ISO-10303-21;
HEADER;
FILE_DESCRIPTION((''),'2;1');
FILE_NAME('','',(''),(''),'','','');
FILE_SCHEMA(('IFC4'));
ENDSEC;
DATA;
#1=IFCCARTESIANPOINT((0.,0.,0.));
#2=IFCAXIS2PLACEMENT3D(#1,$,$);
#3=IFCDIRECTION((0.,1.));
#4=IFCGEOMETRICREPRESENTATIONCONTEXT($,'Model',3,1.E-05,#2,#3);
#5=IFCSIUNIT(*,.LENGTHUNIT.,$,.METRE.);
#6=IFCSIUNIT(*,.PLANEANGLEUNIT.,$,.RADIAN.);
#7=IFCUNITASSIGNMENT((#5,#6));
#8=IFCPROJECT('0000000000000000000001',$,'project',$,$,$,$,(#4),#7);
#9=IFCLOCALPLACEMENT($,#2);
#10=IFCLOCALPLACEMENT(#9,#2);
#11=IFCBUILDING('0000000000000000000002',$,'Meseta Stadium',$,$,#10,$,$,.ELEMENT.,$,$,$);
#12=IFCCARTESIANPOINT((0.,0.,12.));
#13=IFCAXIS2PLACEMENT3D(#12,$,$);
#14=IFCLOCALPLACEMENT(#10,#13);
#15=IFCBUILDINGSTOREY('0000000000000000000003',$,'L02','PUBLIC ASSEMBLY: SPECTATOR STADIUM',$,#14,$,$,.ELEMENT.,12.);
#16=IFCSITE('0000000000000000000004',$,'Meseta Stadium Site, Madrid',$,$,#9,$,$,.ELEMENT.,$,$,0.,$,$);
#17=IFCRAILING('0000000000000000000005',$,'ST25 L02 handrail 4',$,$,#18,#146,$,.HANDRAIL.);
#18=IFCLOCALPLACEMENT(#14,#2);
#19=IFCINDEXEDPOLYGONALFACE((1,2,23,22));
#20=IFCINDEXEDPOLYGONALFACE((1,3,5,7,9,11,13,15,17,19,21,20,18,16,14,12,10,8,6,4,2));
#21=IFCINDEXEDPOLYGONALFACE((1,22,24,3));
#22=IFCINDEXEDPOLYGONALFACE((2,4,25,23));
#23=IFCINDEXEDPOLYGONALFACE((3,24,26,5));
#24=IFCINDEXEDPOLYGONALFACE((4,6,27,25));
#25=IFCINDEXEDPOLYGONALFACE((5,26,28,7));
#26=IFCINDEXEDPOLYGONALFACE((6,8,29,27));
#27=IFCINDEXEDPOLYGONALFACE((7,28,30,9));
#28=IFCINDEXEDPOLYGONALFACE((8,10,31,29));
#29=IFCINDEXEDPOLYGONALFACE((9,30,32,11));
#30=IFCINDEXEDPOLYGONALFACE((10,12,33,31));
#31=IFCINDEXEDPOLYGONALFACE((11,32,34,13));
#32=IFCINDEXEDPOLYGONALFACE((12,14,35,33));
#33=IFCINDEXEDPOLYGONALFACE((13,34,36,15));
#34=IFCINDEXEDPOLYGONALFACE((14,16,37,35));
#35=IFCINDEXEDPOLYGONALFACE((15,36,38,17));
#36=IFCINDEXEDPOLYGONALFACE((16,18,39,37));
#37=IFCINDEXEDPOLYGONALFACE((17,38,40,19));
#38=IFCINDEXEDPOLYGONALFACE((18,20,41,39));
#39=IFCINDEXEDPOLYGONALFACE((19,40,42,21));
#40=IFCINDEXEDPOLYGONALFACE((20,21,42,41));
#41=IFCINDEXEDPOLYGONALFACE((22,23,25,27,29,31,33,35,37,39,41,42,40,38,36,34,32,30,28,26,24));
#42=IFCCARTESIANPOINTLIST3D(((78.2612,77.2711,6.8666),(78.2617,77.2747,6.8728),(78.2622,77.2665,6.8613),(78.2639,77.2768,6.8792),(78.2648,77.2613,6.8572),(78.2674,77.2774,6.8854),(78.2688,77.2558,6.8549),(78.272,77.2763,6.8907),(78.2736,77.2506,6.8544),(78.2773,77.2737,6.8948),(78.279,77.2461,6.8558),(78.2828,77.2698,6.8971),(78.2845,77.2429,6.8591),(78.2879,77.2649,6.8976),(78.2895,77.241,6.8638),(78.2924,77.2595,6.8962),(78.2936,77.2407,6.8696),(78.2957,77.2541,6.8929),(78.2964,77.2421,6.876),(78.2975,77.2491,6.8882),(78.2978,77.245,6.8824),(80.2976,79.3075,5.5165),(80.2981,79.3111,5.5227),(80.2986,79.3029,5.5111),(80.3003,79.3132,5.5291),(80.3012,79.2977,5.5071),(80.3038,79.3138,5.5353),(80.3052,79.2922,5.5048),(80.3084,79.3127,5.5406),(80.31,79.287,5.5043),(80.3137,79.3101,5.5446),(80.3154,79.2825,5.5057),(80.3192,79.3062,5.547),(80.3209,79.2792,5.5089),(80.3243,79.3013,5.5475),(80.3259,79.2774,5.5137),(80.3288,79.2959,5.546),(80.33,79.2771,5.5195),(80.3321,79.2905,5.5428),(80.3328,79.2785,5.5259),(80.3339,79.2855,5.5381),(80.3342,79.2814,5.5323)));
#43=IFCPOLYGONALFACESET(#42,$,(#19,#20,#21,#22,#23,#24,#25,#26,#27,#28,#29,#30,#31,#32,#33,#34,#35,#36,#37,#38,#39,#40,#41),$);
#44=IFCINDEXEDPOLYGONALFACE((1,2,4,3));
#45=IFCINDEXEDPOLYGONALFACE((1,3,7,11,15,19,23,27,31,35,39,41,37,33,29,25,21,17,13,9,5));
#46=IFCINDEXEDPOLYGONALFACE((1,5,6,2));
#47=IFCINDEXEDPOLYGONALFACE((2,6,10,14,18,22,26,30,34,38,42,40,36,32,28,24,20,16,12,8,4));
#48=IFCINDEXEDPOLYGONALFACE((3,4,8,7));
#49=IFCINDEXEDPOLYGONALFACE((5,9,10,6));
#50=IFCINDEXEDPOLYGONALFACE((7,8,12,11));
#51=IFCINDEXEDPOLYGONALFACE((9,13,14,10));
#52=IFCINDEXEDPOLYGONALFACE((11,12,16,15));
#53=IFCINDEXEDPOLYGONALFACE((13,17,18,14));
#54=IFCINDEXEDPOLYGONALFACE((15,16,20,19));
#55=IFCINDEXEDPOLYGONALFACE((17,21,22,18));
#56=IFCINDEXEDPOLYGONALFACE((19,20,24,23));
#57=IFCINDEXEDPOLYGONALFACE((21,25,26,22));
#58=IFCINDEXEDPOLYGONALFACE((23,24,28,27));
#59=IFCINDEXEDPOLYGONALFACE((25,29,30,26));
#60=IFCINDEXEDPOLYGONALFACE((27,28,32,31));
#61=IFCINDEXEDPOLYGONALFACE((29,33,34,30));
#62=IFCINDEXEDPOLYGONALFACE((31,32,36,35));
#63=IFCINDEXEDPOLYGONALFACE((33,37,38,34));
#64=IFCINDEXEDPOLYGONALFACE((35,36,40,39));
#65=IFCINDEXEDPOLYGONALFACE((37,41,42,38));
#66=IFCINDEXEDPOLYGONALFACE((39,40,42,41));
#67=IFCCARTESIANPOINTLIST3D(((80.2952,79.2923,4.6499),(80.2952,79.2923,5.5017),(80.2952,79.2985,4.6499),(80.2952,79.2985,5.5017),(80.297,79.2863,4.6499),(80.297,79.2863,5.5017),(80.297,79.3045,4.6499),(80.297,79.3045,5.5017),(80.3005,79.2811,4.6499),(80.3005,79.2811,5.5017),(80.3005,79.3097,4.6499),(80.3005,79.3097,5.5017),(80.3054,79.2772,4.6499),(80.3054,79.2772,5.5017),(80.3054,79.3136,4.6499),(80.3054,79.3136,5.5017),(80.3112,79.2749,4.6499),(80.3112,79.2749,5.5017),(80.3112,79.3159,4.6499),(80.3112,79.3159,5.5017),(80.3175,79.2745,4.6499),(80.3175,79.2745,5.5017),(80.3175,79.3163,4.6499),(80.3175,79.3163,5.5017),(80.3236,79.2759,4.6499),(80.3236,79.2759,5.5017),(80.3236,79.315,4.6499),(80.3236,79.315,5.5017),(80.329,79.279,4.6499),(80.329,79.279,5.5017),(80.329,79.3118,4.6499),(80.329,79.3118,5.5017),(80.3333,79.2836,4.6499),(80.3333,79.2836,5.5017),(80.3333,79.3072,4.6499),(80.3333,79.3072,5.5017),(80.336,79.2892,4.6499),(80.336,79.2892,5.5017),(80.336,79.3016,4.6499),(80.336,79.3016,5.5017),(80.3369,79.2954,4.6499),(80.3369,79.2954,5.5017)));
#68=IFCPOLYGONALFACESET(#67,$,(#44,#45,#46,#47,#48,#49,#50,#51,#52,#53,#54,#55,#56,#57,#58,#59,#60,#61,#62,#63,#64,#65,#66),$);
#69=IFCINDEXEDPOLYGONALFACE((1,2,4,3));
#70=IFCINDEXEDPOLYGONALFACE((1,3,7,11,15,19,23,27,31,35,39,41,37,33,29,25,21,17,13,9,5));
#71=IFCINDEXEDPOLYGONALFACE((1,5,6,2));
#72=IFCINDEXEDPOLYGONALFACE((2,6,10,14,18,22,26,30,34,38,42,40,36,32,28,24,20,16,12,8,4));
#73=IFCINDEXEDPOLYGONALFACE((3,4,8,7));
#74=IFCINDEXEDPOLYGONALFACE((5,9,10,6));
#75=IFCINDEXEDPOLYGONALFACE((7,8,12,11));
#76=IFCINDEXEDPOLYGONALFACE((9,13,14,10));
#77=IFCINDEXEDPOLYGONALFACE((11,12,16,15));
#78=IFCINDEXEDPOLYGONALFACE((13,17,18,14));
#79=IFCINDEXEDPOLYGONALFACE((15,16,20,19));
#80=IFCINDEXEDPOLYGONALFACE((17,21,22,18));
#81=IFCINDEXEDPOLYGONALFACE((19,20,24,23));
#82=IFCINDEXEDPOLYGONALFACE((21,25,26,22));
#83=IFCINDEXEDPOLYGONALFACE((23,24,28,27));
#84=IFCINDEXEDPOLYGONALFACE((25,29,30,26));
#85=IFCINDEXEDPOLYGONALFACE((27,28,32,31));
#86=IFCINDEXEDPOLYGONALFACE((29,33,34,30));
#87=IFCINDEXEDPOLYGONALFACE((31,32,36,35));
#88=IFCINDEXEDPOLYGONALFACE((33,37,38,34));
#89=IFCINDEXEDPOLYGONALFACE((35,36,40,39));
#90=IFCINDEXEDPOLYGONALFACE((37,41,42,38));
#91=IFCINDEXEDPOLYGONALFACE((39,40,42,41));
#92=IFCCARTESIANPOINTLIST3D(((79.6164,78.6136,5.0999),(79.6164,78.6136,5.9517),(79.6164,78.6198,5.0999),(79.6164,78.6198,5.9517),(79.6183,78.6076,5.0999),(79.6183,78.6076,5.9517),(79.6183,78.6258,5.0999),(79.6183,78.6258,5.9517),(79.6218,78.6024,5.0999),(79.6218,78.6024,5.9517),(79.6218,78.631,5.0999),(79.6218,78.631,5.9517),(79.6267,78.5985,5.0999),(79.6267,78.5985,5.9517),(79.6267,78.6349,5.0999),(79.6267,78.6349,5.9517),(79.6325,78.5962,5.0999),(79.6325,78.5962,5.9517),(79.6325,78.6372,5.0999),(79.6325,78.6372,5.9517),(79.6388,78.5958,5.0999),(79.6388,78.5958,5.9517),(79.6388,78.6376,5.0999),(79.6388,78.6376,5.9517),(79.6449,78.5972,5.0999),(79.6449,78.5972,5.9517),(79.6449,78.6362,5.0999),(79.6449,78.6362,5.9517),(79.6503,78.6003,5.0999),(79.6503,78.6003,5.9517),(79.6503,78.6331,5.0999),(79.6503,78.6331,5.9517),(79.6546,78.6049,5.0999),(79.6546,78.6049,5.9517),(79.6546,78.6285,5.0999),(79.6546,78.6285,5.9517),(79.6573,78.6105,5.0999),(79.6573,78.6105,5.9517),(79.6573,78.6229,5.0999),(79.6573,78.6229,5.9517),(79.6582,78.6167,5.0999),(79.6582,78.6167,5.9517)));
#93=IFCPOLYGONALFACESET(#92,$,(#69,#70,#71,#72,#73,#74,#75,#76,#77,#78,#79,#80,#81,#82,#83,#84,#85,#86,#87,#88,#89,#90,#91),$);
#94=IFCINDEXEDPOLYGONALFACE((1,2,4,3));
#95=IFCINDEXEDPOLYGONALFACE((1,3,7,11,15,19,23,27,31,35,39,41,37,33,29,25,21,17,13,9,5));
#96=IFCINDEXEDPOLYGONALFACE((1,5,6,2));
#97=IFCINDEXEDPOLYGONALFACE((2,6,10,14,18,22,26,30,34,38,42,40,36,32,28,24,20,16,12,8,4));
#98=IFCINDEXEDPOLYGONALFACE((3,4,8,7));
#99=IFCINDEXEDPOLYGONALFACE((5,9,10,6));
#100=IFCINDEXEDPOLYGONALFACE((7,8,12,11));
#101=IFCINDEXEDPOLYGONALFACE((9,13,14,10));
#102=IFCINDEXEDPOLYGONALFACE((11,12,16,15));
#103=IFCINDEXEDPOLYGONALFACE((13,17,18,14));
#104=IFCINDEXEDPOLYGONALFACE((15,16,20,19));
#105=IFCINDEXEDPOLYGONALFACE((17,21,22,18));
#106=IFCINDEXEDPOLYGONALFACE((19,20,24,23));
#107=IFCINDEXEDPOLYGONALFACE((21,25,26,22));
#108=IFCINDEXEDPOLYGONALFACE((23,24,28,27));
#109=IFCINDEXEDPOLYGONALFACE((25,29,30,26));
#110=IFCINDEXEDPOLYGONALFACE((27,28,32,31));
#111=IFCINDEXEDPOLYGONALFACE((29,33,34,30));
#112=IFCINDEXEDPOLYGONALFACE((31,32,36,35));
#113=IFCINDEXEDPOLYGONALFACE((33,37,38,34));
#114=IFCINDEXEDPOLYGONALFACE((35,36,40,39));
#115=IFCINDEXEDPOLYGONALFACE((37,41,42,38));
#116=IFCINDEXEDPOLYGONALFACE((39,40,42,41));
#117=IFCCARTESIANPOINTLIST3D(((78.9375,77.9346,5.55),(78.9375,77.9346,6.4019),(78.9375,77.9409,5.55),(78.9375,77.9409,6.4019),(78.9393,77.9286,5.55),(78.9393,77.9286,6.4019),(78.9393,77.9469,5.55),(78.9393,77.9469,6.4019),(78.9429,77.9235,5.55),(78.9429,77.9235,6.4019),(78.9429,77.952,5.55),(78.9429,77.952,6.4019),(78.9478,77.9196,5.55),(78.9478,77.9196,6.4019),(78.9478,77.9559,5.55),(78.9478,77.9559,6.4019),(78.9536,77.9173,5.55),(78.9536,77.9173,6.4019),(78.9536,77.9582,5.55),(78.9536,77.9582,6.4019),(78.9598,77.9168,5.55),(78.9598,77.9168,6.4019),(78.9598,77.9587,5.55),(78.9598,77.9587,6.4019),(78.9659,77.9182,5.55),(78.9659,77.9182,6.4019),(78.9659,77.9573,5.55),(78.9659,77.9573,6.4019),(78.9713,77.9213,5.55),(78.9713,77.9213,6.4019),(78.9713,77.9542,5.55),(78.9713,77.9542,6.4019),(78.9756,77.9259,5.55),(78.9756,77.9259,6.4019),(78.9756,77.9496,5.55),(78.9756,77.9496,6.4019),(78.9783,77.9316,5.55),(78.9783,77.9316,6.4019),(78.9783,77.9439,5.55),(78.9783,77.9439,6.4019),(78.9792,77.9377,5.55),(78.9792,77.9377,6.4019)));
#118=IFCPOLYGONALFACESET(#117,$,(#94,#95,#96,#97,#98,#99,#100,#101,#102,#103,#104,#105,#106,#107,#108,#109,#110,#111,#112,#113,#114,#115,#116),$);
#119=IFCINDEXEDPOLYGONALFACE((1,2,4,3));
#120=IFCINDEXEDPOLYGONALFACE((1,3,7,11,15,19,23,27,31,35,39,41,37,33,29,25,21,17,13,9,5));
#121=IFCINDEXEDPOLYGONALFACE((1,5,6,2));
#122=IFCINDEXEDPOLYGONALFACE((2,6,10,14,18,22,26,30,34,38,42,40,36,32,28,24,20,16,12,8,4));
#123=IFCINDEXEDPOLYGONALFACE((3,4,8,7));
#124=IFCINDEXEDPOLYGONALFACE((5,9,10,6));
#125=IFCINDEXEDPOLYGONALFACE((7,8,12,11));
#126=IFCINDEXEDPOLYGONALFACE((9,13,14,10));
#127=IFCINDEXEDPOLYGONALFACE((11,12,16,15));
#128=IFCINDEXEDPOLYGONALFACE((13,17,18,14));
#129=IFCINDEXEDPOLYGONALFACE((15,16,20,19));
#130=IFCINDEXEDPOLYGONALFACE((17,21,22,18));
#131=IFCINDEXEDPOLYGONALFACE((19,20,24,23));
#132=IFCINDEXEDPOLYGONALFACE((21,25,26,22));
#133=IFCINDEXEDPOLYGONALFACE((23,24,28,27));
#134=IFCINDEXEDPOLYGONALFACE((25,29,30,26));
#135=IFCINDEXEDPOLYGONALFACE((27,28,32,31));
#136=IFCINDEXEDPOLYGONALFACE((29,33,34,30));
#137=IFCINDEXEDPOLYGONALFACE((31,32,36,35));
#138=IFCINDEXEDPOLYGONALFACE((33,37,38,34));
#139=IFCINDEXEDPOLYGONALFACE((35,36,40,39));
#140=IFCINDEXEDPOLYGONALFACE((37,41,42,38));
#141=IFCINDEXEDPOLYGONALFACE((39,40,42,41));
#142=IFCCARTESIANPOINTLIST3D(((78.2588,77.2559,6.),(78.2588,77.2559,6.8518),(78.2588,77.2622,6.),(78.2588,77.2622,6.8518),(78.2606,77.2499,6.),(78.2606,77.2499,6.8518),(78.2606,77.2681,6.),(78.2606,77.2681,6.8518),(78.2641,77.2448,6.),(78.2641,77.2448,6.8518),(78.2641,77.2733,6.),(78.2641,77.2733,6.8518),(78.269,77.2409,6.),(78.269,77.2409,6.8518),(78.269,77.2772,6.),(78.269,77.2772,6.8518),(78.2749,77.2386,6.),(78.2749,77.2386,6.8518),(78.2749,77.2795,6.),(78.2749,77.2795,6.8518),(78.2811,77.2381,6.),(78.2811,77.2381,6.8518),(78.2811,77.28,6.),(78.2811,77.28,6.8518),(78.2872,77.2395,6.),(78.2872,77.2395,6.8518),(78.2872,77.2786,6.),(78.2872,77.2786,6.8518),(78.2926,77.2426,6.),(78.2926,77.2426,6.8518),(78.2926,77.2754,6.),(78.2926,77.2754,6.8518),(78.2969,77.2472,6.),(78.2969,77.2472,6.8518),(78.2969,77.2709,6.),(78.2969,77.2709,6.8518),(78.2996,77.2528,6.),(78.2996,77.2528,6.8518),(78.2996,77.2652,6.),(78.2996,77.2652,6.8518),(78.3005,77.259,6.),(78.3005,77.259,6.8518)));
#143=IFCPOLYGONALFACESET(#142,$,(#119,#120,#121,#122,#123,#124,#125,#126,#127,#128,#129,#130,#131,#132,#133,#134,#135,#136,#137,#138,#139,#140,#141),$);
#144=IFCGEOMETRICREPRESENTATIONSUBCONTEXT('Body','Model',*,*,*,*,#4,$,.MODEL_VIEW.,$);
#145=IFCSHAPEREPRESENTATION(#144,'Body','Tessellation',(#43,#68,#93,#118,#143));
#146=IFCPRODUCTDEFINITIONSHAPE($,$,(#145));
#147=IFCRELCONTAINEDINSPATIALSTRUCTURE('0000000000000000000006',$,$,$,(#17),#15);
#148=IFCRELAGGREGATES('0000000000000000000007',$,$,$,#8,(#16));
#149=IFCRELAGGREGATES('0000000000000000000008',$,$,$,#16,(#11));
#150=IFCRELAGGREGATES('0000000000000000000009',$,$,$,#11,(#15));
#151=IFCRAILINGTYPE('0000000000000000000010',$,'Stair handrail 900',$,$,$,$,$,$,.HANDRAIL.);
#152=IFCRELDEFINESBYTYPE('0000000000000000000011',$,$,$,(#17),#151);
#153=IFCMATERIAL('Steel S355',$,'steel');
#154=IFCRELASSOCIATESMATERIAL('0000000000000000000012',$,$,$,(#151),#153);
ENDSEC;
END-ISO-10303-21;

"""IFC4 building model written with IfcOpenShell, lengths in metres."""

from ifc_helpers import new_model, si_unit, direction, frame, origin, origin_2d, place, context, subcontext, project, spatial, circle, extrude, material, type_object, element, save


model = new_model("IFC4")

# Units and contexts
model_context = context("Model", 3, precision=1e-05, world=origin(), true_north=direction((0.0, 1.0)))
body_context = subcontext(model_context, "Body", "Model", "MODEL_VIEW")
ifc_project = project(units=[si_unit("LENGTHUNIT", "METRE"), si_unit("PLANEANGLEUNIT", "RADIAN")], contexts=[model_context])

# Site, building, storey
site_placement = place(None, origin())
site = spatial("IfcSite", under=ifc_project, at=site_placement, Name="Meseta Stadium Site, Madrid", CompositionType="ELEMENT", RefElevation=0.0)
building_placement = place(site_placement, origin())
building = spatial("IfcBuilding", under=site, at=building_placement, Name="Meseta Stadium", CompositionType="ELEMENT")
storey_placement = place(building_placement, frame((0.0, 0.0, 12.0)))
storey = spatial("IfcBuildingStorey", under=building, at=storey_placement, Name="L02", Description="PUBLIC ASSEMBLY: SPECTATOR STADIUM", CompositionType="ELEMENT", Elevation=12.0)

# Railing
ifc_material_1 = material(Name="Steel S355", Category="steel")
railing_type_1 = type_object("IfcRailingType", Name="Stair handrail 900", PredefinedType="HANDRAIL", material=ifc_material_1)
railing_1_placement = place(storey_placement, frame((80.3159, 79.2954, 4.6499)))
element("IfcRailing", 1, at=railing_1_placement, inside=storey, type_object=railing_type_1, Name="ST25 L02 handrail 4", PredefinedType="HANDRAIL", context=body_context, shape_type="SweptSolid", body=[
    extrude(circle(Radius=0.0239, at=origin_2d()), frame((0.0, 0.0, 0.876), z_axis=(-0.640243, -0.640243, 0.424475), x_axis=(0.707107, -0.707107, 0.0)), (0.0, 0.0, 1.0), 3.1807),
    extrude(circle(Radius=0.021, at=origin_2d()), origin(), (0.0, 0.0, 1.0), 0.8518),
    extrude(circle(Radius=0.021, at=origin_2d()), frame((-0.6787, -0.6787, 0.45)), (0.0, 0.0, 1.0), 0.8518),
    extrude(circle(Radius=0.021, at=origin_2d()), frame((-1.3577, -1.3577, 0.9001)), (0.0, 0.0, 1.0), 0.8518),
    extrude(circle(Radius=0.021, at=origin_2d()), frame((-2.0364, -2.0364, 1.3501)), (0.0, 0.0, 1.0), 0.8518),
])

save(model, "model.ifc")
